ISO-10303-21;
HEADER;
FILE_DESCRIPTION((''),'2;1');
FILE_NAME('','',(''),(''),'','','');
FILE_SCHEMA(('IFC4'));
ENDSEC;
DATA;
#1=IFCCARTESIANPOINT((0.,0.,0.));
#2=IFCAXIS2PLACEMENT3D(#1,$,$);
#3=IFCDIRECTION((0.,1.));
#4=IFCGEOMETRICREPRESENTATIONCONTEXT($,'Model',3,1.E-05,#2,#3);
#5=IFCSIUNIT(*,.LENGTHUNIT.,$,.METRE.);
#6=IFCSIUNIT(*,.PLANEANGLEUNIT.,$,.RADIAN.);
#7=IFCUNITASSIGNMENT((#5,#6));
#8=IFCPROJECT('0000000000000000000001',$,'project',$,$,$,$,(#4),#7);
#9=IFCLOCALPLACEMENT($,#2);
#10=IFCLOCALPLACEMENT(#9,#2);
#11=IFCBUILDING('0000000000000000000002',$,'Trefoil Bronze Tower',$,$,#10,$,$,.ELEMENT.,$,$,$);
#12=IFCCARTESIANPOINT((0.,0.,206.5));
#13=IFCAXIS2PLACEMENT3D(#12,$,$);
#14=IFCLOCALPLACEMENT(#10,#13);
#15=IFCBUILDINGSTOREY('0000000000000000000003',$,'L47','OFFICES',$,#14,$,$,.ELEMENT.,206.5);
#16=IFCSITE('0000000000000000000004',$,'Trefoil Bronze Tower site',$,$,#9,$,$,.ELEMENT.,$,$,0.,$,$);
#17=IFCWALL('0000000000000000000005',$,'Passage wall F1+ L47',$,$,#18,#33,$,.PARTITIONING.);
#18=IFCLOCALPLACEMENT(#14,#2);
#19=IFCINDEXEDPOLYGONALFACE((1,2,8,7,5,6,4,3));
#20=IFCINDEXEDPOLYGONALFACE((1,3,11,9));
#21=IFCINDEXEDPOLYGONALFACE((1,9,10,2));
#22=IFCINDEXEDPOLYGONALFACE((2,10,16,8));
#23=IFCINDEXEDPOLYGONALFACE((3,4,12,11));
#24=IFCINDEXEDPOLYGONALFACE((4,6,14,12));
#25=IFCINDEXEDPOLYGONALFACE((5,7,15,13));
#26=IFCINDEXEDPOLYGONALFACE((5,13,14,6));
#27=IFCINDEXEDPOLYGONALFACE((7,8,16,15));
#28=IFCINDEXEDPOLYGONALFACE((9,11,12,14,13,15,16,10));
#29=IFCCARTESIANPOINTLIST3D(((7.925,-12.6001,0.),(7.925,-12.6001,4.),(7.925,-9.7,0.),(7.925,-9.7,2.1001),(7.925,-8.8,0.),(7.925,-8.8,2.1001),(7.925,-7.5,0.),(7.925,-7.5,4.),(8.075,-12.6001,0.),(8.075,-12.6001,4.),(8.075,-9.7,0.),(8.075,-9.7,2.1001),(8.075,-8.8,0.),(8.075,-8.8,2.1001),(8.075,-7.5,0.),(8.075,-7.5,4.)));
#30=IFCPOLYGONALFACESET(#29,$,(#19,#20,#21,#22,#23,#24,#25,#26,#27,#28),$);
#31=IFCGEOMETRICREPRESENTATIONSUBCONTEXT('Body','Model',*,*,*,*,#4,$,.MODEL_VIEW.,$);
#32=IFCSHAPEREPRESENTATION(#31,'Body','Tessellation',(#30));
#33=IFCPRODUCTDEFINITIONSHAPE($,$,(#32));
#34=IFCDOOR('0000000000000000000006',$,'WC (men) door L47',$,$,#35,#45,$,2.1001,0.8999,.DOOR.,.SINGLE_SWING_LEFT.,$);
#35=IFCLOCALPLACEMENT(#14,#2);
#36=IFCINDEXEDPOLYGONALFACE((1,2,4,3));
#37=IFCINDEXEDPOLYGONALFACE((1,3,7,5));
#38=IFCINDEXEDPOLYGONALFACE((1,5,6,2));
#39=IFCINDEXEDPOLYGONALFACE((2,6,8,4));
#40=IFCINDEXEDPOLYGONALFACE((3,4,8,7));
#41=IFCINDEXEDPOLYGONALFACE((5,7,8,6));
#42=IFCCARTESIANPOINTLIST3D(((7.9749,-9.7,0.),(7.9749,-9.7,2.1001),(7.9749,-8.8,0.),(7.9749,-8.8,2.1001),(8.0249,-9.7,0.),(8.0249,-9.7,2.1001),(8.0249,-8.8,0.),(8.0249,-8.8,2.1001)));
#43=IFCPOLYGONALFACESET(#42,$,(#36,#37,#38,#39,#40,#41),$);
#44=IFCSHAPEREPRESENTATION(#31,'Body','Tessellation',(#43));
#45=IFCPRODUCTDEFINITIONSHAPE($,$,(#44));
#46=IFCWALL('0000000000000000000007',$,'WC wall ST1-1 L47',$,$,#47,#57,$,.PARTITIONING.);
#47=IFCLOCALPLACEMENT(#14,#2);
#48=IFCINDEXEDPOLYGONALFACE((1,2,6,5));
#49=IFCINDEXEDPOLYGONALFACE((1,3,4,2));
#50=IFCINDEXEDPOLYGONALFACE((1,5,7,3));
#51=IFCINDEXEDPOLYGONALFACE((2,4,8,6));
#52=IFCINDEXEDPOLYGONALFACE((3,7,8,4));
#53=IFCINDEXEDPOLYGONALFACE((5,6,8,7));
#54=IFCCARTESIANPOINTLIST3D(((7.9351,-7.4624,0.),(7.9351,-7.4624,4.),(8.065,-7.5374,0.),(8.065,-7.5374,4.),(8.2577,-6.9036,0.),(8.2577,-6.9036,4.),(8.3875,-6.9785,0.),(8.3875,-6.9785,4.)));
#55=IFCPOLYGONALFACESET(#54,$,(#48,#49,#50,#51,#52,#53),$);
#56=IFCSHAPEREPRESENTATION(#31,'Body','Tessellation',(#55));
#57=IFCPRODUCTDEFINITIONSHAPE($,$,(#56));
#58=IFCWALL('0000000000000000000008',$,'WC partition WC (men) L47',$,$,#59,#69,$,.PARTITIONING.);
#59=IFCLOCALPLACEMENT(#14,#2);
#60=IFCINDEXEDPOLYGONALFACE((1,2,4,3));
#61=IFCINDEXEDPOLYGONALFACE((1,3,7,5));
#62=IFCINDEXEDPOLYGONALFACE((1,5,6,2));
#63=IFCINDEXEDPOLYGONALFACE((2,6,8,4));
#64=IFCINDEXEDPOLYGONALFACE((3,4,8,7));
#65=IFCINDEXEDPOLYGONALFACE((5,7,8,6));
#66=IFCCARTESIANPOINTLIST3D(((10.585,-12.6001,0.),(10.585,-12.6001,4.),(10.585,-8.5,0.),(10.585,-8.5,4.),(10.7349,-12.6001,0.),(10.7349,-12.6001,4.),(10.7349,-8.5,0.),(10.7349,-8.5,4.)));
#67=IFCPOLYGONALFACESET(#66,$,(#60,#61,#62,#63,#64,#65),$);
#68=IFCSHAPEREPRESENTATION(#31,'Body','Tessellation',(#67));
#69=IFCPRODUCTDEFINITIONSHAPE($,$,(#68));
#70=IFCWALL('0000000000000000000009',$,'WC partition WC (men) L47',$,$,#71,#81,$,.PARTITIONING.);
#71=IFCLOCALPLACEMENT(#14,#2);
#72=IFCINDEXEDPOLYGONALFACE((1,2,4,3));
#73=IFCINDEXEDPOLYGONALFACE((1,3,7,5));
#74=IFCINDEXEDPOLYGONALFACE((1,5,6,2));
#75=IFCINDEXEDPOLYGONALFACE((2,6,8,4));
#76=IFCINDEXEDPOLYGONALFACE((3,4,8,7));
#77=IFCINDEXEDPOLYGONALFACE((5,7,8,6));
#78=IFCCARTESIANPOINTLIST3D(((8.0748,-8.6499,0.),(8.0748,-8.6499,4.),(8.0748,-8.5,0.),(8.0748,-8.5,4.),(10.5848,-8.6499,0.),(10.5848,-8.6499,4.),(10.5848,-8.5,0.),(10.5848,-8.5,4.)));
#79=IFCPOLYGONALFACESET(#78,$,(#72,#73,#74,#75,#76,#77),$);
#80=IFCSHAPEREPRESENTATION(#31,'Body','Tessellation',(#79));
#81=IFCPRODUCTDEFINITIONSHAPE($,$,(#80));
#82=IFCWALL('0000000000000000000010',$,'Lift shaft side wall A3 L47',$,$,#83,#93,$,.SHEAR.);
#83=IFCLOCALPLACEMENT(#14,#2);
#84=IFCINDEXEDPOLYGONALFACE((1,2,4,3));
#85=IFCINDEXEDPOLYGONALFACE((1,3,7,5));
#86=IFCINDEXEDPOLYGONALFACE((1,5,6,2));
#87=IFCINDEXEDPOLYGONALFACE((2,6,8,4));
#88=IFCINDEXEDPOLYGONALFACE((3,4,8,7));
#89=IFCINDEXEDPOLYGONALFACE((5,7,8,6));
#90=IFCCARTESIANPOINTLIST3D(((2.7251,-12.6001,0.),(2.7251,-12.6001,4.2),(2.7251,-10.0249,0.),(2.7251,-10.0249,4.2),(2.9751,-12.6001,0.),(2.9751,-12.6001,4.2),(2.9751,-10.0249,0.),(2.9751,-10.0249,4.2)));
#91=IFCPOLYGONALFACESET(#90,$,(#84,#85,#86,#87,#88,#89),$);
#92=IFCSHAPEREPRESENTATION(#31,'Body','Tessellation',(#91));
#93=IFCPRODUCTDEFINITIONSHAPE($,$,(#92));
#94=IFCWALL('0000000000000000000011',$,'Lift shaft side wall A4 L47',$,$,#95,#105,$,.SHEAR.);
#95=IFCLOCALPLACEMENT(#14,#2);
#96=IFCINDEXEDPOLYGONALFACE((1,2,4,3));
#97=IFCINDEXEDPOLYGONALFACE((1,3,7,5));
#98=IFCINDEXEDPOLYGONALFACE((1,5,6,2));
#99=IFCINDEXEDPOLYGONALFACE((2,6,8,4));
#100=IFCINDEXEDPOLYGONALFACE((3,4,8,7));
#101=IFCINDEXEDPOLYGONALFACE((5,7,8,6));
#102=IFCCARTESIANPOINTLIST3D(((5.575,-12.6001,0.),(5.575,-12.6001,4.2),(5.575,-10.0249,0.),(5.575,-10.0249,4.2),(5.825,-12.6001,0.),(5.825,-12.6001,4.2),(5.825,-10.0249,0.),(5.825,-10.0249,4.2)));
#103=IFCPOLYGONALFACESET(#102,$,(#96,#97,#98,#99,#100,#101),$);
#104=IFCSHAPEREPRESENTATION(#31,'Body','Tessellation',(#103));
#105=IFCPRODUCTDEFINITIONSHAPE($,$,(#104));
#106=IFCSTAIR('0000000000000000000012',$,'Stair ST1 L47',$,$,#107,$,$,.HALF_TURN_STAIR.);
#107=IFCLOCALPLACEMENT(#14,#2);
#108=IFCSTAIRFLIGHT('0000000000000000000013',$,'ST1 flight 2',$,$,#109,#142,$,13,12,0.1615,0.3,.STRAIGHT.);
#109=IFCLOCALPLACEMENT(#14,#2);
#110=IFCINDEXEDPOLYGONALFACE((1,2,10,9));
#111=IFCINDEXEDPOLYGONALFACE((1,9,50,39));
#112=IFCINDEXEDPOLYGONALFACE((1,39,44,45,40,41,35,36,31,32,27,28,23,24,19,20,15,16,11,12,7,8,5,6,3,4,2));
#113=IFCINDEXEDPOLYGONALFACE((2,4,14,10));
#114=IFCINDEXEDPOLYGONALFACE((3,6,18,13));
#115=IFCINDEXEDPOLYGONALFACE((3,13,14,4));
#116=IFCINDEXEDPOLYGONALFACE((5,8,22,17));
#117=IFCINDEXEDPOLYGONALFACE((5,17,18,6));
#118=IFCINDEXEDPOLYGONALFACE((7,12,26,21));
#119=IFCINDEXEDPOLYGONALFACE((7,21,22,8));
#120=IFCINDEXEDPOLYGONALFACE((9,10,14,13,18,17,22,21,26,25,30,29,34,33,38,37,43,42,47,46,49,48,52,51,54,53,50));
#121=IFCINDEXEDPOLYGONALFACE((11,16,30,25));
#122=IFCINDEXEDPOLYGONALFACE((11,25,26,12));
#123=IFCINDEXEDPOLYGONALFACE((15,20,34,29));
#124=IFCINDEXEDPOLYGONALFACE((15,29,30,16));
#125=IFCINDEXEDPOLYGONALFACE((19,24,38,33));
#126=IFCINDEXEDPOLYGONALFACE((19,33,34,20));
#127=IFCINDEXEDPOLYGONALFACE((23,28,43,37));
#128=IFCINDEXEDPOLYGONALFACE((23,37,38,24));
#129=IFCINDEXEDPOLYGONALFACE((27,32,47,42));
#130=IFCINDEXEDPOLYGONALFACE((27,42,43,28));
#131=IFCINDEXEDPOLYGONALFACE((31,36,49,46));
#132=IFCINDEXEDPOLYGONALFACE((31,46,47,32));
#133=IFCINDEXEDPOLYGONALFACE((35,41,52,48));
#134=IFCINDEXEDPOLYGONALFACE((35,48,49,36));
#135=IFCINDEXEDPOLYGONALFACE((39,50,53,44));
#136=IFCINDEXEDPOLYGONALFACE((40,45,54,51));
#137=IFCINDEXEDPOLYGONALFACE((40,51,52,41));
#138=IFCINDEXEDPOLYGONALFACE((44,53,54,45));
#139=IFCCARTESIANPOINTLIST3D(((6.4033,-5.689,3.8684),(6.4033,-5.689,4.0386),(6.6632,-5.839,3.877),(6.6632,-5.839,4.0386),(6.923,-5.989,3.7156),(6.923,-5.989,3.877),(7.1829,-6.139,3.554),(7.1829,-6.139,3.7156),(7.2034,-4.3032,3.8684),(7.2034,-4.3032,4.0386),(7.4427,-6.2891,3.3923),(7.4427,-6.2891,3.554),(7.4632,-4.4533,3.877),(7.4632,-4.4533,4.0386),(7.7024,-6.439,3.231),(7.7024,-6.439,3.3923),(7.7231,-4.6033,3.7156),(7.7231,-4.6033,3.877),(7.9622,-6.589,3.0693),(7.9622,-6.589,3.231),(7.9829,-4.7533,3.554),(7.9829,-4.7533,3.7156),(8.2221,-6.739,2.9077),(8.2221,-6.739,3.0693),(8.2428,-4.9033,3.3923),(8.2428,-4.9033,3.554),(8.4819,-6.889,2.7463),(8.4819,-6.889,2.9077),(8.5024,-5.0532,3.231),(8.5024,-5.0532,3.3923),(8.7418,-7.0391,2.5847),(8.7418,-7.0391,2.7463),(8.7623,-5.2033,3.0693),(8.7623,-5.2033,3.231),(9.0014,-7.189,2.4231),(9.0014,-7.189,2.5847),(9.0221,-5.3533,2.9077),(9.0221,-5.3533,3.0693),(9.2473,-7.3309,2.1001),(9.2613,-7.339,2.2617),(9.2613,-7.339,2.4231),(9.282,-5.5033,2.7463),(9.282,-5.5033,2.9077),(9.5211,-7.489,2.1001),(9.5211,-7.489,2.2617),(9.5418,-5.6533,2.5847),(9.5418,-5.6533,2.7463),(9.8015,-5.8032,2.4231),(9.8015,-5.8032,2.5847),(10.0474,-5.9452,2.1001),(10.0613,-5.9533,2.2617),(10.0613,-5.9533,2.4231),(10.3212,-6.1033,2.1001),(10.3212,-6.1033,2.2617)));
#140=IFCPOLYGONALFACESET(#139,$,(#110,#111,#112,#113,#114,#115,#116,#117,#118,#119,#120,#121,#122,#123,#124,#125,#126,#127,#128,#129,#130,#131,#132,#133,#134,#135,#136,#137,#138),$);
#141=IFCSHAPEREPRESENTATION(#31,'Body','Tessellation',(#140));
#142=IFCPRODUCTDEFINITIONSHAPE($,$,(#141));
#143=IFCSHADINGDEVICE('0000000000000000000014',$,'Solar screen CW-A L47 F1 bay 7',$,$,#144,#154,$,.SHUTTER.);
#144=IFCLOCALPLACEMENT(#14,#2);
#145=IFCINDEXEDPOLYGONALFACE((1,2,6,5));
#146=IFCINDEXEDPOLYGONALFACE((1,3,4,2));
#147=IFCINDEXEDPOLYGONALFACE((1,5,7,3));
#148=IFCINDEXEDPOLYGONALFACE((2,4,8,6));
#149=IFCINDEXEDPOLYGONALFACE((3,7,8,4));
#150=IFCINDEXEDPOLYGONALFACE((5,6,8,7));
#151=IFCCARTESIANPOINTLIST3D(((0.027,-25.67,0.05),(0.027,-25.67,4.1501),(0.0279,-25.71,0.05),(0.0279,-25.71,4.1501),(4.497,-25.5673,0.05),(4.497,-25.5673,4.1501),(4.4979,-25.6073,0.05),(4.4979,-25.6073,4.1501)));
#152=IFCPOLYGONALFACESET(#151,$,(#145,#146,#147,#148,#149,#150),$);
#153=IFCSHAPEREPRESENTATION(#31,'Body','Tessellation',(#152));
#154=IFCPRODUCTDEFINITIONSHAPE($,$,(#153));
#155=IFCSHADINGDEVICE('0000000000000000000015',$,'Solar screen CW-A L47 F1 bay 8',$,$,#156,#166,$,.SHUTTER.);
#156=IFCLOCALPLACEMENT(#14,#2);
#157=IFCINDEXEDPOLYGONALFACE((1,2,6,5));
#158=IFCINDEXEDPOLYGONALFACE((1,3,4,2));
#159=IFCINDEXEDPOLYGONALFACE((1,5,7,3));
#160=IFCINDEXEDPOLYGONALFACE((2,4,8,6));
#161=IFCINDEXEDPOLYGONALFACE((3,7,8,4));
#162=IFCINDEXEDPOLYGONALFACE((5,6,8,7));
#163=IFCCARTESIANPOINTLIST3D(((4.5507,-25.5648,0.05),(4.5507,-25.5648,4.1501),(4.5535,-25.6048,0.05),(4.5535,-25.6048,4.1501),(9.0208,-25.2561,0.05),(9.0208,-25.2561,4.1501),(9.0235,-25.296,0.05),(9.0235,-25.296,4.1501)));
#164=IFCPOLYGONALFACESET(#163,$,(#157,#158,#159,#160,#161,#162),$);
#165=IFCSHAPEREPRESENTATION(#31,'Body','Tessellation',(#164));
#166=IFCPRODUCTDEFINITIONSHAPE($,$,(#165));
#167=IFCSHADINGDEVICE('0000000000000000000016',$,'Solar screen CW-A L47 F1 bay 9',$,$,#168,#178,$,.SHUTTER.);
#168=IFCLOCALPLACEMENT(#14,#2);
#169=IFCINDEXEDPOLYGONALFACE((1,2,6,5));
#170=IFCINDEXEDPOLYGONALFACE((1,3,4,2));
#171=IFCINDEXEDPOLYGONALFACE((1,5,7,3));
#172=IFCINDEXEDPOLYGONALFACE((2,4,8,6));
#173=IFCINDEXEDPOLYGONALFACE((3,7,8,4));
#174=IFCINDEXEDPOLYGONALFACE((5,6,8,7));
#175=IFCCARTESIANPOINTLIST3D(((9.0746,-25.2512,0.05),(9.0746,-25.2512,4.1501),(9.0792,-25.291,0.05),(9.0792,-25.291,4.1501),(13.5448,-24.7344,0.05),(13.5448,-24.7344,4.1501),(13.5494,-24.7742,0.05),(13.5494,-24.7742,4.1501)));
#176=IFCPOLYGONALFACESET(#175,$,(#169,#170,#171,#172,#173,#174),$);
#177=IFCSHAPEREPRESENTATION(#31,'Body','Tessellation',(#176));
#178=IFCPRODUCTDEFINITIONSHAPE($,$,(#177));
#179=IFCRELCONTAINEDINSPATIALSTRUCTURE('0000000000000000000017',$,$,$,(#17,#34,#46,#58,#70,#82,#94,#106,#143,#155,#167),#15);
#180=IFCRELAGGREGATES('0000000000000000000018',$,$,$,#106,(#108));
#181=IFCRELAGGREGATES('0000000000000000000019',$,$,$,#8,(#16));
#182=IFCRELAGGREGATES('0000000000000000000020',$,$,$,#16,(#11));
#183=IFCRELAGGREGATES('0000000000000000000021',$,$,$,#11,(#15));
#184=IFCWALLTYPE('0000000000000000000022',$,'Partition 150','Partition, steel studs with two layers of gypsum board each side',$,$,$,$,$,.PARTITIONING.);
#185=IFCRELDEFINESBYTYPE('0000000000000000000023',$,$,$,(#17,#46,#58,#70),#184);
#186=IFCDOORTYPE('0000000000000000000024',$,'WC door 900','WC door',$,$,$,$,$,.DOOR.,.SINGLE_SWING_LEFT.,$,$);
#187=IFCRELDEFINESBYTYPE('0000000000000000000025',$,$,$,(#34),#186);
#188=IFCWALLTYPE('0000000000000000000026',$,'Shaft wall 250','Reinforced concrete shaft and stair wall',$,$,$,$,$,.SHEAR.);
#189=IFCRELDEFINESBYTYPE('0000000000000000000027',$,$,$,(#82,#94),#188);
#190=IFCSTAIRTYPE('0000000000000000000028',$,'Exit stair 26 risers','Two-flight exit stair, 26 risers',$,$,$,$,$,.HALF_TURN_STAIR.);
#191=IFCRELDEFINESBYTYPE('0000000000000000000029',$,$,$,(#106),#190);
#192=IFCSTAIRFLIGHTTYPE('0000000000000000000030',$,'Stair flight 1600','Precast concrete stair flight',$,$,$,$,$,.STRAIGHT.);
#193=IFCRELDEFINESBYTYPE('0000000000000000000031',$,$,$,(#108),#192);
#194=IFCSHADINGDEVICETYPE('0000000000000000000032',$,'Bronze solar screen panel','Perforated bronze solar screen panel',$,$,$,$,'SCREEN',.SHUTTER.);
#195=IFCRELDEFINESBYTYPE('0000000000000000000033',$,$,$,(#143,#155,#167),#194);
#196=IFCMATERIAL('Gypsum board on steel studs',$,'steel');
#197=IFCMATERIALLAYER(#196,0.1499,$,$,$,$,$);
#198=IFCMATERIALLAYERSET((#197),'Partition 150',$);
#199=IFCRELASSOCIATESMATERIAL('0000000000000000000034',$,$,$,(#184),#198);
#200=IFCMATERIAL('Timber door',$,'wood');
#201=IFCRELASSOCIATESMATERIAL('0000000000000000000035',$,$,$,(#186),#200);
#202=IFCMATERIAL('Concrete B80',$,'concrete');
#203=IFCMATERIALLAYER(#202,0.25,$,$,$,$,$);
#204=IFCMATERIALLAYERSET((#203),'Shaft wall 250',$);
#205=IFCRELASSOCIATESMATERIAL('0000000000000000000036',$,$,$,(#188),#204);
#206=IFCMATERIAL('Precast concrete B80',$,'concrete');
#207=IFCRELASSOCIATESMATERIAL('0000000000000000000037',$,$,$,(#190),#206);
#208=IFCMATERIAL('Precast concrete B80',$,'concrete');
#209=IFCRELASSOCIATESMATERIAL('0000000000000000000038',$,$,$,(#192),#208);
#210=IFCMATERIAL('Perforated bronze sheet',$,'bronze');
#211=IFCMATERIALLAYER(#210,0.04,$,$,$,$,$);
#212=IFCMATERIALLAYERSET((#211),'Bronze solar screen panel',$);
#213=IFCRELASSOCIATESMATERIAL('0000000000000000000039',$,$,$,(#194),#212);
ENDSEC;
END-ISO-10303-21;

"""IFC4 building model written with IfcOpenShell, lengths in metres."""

from ifc_helpers import new_model, si_unit, direction, frame, frame_2d, origin, origin_2d, place, context, subcontext, project, spatial, polyline, rectangle, outline, extrude, material, layer, layer_set, type_object, element, fill, aggregate, save


model = new_model("IFC4")

# Units and contexts
model_context = context("Model", 3, precision=1e-05, world=origin(), true_north=direction((0.0, 1.0)))
body_context = subcontext(model_context, "Body", "Model", "MODEL_VIEW")
ifc_project = project(units=[si_unit("LENGTHUNIT", "METRE"), si_unit("PLANEANGLEUNIT", "RADIAN")], contexts=[model_context])

# Site, building, storey
site_placement = place(None, origin())
site = spatial("IfcSite", under=ifc_project, at=site_placement, Name="Trefoil Bronze Tower site", CompositionType="ELEMENT", RefElevation=0.0)
building_placement = place(site_placement, origin())
building = spatial("IfcBuilding", under=site, at=building_placement, Name="Trefoil Bronze Tower", CompositionType="ELEMENT")
storey_placement = place(building_placement, frame((0.0, 0.0, 206.5)))
storey = spatial("IfcBuildingStorey", under=building, at=storey_placement, Name="L47", Description="OFFICES", CompositionType="ELEMENT", Elevation=206.5)

# Wall, opening, door
ifc_material_1 = material(Name="Gypsum board on steel studs", Category="steel")
ifc_layer_1 = layer(ifc_material_1, 0.1499)
ifc_layer_set_1 = layer_set([ifc_layer_1], Name="Partition 150")
wall_type_1 = type_object("IfcWallType", Name="Partition 150", Description="Partition, steel studs with two layers of gypsum board each side", PredefinedType="PARTITIONING", material=ifc_layer_set_1)
wall_1_placement = place(storey_placement, frame((8.0, -7.5, 0.0), z_axis=(0.0, 0.0, 1.0), x_axis=(0.0, -1.0, 0.0)))
wall_1 = element("IfcWall", 1, at=wall_1_placement, inside=storey, type_object=wall_type_1, Name="Passage wall F1+ L47", PredefinedType="PARTITIONING", context=body_context, shape_type="SweptSolid", body=[
    extrude(rectangle(XDim=5.1001, YDim=0.1499, at=frame_2d((2.55, 0.0))), origin(), (0.0, 0.0, 1.0), 4.0),
])
opening_placement = place(wall_1_placement, frame((1.3, 0.0, 0.0)))
opening = element("IfcOpeningElement", 2, at=opening_placement, cuts=wall_1, PredefinedType="OPENING", context=body_context, shape_type="SweptSolid", body=[
    extrude(rectangle(XDim=0.8999, YDim=2.1001, at=frame_2d((0.45, 1.05))), frame((0.0, 0.085, 0.0), z_axis=(0.0, -1.0, 0.0), x_axis=(1.0, 0.0, 0.0)), (0.0, 0.0, 1.0), 0.1699),
])
ifc_material_2 = material(Name="Timber door", Category="wood")
door_type = type_object("IfcDoorType", Name="WC door 900", Description="WC door", OperationType="SINGLE_SWING_LEFT", PredefinedType="DOOR", material=ifc_material_2)
door_placement = place(opening_placement, origin())
door = element("IfcDoor", 3, at=door_placement, inside=storey, type_object=door_type, Name="WC (men) door L47", OperationType="SINGLE_SWING_LEFT", OverallHeight=2.1001, OverallWidth=0.8999, PredefinedType="DOOR", context=body_context, shape_type="SweptSolid", body=[
    extrude(rectangle(XDim=0.8999, YDim=2.1001, at=frame_2d((0.45, 1.05))), frame((0.0, 0.0249, 0.0), z_axis=(0.0, -1.0, 0.0), x_axis=(1.0, 0.0, 0.0)), (0.0, 0.0, 1.0), 0.05),
])
fill(opening, door)

# Walls
wall_2_placement = place(storey_placement, frame((8.0, -7.5, 0.0), z_axis=(0.0, 0.0, 1.0), x_axis=(0.499843, 0.866116, 0.0)))
element("IfcWall", 4, at=wall_2_placement, inside=storey, type_object=wall_type_1, Name="WC wall ST1-1 L47", PredefinedType="PARTITIONING", context=body_context, shape_type="SweptSolid", body=[
    extrude(rectangle(XDim=0.6453, YDim=0.1499, at=frame_2d((0.3228, 0.0))), origin(), (0.0, 0.0, 1.0), 4.0),
])
wall_3_placement = place(storey_placement, frame((10.6599, -8.5, 0.0), z_axis=(0.0, 0.0, 1.0), x_axis=(0.0, -1.0, 0.0)))
element("IfcWall", 5, at=wall_3_placement, inside=storey, type_object=wall_type_1, Name="WC partition WC (men) L47", PredefinedType="PARTITIONING", context=body_context, shape_type="SweptSolid", body=[
    extrude(rectangle(XDim=4.1001, YDim=0.1499, at=frame_2d((2.05, 0.0))), origin(), (0.0, 0.0, 1.0), 4.0),
])
wall_4_placement = place(storey_placement, frame((8.075, -8.575, 0.0), z_axis=(0.0, 0.0, 1.0), x_axis=(1.0, 0.0, 0.0)))
element("IfcWall", 6, at=wall_4_placement, inside=storey, type_object=wall_type_1, Name="WC partition WC (men) L47", PredefinedType="PARTITIONING", context=body_context, shape_type="SweptSolid", body=[
    extrude(rectangle(XDim=2.51, YDim=0.1499, at=frame_2d((1.2549, 0.0))), origin(), (0.0, 0.0, 1.0), 4.0),
])
ifc_material_3 = material(Name="Concrete B80", Category="concrete")
ifc_layer_2 = layer(ifc_material_3, 0.25)
ifc_layer_set_2 = layer_set([ifc_layer_2], Name="Shaft wall 250")
wall_type_2 = type_object("IfcWallType", Name="Shaft wall 250", Description="Reinforced concrete shaft and stair wall", PredefinedType="SHEAR", material=ifc_layer_set_2)
for number, where, z_axis, x_axis, name in (
    (7, (2.8501, -10.0249, 0.0), (0.0, 0.0, 1.0), (0.0, -1.0, 0.0), "Lift shaft side wall A3 L47"),
    (8, (5.7, -10.0249, 0.0), (0.0, 0.0, 1.0), (0.0, -1.0, 0.0), "Lift shaft side wall A4 L47"),
):
    element("IfcWall", number, at=place(storey_placement, frame(where, z_axis=z_axis, x_axis=x_axis)), inside=storey, type_object=wall_type_2, Name=name, PredefinedType="SHEAR", context=body_context, shape_type="SweptSolid", body=[
        extrude(rectangle(XDim=2.5752, YDim=0.25, at=frame_2d((1.2876, 0.0))), origin(), (0.0, 0.0, 1.0), 4.2),
    ])

# Stair, stair flight
ifc_material_4 = material(Name="Precast concrete B80", Category="concrete")
stair_type = type_object("IfcStairType", Name="Exit stair 26 risers", Description="Two-flight exit stair, 26 risers", PredefinedType="HALF_TURN_STAIR", material=ifc_material_4)
stair_placement = place(storey_placement, origin())
stair = element("IfcStair", 9, at=stair_placement, inside=storey, type_object=stair_type, Name="Stair ST1 L47", PredefinedType="HALF_TURN_STAIR")
ifc_material_5 = material(Name="Precast concrete B80", Category="concrete")
stair_flight_type = type_object("IfcStairFlightType", Name="Stair flight 1600", Description="Precast concrete stair flight", PredefinedType="STRAIGHT", material=ifc_material_5)
stair_flight_placement = place(storey_placement, frame((9.9211, -6.7961, 2.1001), z_axis=(0.0, 0.0, 1.0), x_axis=(-0.866025, 0.5, 0.0)))
stair_flight = element("IfcStairFlight", 10, at=stair_flight_placement, type_object=stair_flight_type, Name="ST1 flight 2", NumberOfRisers=13, NumberOfTreads=12, PredefinedType="STRAIGHT", RiserHeight=0.1615, TreadLength=0.3, context=body_context, shape_type="SweptSolid", body=[
    extrude(outline(polyline([(0.0, 0.0), (0.0, 0.1616), (0.3, 0.1616), (0.3, 0.323), (0.6001, 0.323), (0.6001, 0.4846), (0.8999, 0.4846), (0.8999, 0.6462), (1.2, 0.6462), (1.2, 0.8076), (1.5, 0.8076), (1.5, 0.9692), (1.8, 0.9692), (1.8, 1.1309), (2.1001, 1.1309), (2.1001, 1.2922), (2.3999, 1.2922), (2.3999, 1.4539), (2.7, 1.4539), (2.7, 1.6155), (3.0, 1.6155), (3.0, 1.7769), (3.3, 1.7769), (3.3, 1.9385), (3.6001, 1.9385), (3.6001, 2.1001), (3.6001, 1.7683), (0.3162, 0.0), (0.0, 0.0)])), frame((0.0, 0.8, 0.0), z_axis=(0.0, -1.0, 0.0), x_axis=(1.0, 0.0, 0.0)), (0.0, 0.0, 1.0), 1.6001),
])
aggregate(stair, [stair_flight])

# Shading devices
ifc_material_6 = material(Name="Perforated bronze sheet", Category="bronze")
ifc_layer_3 = layer(ifc_material_6, 0.04)
ifc_layer_set_3 = layer_set([ifc_layer_3], Name="Bronze solar screen panel")
shading_device_type = type_object("IfcShadingDeviceType", Name="Bronze solar screen panel", Description="Perforated bronze solar screen panel", ElementType="SCREEN", PredefinedType="SHUTTER", material=ifc_layer_set_3)
shading_device_1_placement = place(storey_placement, frame((2.2625, -25.6387, 0.05), z_axis=(0.0, 0.0, 1.0), x_axis=(0.999736, 0.022972, 0.0)))
element("IfcShadingDevice", 11, at=shading_device_1_placement, inside=storey, type_object=shading_device_type, Name="Solar screen CW-A L47 F1 bay 7", PredefinedType="SHUTTER", context=body_context, shape_type="SweptSolid", body=[
    extrude(rectangle(XDim=4.4712, YDim=0.04, at=origin_2d()), origin(), (0.0, 0.0, 1.0), 4.1001),
])
shading_device_2_placement = place(storey_placement, frame((6.7871, -25.4304, 0.05), z_axis=(0.0, 0.0, 1.0), x_axis=(0.997623, 0.068915, 0.0)))
element("IfcShadingDevice", 12, at=shading_device_2_placement, inside=storey, type_object=shading_device_type, Name="Solar screen CW-A L47 F1 bay 8", PredefinedType="SHUTTER", context=body_context, shape_type="SweptSolid", body=[
    extrude(rectangle(XDim=4.4807, YDim=0.04, at=origin_2d()), origin(), (0.0, 0.0, 1.0), 4.1001),
])
shading_device_3_placement = place(storey_placement, frame((11.312, -25.0127, 0.05), z_axis=(0.0, 0.0, 1.0), x_axis=(0.993382, 0.114859, 0.0)))
element("IfcShadingDevice", 13, at=shading_device_3_placement, inside=storey, type_object=shading_device_type, Name="Solar screen CW-A L47 F1 bay 9", PredefinedType="SHUTTER", context=body_context, shape_type="SweptSolid", body=[
    extrude(rectangle(XDim=4.5, YDim=0.04, at=origin_2d()), origin(), (0.0, 0.0, 1.0), 4.1001),
])

save(model, "model.ifc")
